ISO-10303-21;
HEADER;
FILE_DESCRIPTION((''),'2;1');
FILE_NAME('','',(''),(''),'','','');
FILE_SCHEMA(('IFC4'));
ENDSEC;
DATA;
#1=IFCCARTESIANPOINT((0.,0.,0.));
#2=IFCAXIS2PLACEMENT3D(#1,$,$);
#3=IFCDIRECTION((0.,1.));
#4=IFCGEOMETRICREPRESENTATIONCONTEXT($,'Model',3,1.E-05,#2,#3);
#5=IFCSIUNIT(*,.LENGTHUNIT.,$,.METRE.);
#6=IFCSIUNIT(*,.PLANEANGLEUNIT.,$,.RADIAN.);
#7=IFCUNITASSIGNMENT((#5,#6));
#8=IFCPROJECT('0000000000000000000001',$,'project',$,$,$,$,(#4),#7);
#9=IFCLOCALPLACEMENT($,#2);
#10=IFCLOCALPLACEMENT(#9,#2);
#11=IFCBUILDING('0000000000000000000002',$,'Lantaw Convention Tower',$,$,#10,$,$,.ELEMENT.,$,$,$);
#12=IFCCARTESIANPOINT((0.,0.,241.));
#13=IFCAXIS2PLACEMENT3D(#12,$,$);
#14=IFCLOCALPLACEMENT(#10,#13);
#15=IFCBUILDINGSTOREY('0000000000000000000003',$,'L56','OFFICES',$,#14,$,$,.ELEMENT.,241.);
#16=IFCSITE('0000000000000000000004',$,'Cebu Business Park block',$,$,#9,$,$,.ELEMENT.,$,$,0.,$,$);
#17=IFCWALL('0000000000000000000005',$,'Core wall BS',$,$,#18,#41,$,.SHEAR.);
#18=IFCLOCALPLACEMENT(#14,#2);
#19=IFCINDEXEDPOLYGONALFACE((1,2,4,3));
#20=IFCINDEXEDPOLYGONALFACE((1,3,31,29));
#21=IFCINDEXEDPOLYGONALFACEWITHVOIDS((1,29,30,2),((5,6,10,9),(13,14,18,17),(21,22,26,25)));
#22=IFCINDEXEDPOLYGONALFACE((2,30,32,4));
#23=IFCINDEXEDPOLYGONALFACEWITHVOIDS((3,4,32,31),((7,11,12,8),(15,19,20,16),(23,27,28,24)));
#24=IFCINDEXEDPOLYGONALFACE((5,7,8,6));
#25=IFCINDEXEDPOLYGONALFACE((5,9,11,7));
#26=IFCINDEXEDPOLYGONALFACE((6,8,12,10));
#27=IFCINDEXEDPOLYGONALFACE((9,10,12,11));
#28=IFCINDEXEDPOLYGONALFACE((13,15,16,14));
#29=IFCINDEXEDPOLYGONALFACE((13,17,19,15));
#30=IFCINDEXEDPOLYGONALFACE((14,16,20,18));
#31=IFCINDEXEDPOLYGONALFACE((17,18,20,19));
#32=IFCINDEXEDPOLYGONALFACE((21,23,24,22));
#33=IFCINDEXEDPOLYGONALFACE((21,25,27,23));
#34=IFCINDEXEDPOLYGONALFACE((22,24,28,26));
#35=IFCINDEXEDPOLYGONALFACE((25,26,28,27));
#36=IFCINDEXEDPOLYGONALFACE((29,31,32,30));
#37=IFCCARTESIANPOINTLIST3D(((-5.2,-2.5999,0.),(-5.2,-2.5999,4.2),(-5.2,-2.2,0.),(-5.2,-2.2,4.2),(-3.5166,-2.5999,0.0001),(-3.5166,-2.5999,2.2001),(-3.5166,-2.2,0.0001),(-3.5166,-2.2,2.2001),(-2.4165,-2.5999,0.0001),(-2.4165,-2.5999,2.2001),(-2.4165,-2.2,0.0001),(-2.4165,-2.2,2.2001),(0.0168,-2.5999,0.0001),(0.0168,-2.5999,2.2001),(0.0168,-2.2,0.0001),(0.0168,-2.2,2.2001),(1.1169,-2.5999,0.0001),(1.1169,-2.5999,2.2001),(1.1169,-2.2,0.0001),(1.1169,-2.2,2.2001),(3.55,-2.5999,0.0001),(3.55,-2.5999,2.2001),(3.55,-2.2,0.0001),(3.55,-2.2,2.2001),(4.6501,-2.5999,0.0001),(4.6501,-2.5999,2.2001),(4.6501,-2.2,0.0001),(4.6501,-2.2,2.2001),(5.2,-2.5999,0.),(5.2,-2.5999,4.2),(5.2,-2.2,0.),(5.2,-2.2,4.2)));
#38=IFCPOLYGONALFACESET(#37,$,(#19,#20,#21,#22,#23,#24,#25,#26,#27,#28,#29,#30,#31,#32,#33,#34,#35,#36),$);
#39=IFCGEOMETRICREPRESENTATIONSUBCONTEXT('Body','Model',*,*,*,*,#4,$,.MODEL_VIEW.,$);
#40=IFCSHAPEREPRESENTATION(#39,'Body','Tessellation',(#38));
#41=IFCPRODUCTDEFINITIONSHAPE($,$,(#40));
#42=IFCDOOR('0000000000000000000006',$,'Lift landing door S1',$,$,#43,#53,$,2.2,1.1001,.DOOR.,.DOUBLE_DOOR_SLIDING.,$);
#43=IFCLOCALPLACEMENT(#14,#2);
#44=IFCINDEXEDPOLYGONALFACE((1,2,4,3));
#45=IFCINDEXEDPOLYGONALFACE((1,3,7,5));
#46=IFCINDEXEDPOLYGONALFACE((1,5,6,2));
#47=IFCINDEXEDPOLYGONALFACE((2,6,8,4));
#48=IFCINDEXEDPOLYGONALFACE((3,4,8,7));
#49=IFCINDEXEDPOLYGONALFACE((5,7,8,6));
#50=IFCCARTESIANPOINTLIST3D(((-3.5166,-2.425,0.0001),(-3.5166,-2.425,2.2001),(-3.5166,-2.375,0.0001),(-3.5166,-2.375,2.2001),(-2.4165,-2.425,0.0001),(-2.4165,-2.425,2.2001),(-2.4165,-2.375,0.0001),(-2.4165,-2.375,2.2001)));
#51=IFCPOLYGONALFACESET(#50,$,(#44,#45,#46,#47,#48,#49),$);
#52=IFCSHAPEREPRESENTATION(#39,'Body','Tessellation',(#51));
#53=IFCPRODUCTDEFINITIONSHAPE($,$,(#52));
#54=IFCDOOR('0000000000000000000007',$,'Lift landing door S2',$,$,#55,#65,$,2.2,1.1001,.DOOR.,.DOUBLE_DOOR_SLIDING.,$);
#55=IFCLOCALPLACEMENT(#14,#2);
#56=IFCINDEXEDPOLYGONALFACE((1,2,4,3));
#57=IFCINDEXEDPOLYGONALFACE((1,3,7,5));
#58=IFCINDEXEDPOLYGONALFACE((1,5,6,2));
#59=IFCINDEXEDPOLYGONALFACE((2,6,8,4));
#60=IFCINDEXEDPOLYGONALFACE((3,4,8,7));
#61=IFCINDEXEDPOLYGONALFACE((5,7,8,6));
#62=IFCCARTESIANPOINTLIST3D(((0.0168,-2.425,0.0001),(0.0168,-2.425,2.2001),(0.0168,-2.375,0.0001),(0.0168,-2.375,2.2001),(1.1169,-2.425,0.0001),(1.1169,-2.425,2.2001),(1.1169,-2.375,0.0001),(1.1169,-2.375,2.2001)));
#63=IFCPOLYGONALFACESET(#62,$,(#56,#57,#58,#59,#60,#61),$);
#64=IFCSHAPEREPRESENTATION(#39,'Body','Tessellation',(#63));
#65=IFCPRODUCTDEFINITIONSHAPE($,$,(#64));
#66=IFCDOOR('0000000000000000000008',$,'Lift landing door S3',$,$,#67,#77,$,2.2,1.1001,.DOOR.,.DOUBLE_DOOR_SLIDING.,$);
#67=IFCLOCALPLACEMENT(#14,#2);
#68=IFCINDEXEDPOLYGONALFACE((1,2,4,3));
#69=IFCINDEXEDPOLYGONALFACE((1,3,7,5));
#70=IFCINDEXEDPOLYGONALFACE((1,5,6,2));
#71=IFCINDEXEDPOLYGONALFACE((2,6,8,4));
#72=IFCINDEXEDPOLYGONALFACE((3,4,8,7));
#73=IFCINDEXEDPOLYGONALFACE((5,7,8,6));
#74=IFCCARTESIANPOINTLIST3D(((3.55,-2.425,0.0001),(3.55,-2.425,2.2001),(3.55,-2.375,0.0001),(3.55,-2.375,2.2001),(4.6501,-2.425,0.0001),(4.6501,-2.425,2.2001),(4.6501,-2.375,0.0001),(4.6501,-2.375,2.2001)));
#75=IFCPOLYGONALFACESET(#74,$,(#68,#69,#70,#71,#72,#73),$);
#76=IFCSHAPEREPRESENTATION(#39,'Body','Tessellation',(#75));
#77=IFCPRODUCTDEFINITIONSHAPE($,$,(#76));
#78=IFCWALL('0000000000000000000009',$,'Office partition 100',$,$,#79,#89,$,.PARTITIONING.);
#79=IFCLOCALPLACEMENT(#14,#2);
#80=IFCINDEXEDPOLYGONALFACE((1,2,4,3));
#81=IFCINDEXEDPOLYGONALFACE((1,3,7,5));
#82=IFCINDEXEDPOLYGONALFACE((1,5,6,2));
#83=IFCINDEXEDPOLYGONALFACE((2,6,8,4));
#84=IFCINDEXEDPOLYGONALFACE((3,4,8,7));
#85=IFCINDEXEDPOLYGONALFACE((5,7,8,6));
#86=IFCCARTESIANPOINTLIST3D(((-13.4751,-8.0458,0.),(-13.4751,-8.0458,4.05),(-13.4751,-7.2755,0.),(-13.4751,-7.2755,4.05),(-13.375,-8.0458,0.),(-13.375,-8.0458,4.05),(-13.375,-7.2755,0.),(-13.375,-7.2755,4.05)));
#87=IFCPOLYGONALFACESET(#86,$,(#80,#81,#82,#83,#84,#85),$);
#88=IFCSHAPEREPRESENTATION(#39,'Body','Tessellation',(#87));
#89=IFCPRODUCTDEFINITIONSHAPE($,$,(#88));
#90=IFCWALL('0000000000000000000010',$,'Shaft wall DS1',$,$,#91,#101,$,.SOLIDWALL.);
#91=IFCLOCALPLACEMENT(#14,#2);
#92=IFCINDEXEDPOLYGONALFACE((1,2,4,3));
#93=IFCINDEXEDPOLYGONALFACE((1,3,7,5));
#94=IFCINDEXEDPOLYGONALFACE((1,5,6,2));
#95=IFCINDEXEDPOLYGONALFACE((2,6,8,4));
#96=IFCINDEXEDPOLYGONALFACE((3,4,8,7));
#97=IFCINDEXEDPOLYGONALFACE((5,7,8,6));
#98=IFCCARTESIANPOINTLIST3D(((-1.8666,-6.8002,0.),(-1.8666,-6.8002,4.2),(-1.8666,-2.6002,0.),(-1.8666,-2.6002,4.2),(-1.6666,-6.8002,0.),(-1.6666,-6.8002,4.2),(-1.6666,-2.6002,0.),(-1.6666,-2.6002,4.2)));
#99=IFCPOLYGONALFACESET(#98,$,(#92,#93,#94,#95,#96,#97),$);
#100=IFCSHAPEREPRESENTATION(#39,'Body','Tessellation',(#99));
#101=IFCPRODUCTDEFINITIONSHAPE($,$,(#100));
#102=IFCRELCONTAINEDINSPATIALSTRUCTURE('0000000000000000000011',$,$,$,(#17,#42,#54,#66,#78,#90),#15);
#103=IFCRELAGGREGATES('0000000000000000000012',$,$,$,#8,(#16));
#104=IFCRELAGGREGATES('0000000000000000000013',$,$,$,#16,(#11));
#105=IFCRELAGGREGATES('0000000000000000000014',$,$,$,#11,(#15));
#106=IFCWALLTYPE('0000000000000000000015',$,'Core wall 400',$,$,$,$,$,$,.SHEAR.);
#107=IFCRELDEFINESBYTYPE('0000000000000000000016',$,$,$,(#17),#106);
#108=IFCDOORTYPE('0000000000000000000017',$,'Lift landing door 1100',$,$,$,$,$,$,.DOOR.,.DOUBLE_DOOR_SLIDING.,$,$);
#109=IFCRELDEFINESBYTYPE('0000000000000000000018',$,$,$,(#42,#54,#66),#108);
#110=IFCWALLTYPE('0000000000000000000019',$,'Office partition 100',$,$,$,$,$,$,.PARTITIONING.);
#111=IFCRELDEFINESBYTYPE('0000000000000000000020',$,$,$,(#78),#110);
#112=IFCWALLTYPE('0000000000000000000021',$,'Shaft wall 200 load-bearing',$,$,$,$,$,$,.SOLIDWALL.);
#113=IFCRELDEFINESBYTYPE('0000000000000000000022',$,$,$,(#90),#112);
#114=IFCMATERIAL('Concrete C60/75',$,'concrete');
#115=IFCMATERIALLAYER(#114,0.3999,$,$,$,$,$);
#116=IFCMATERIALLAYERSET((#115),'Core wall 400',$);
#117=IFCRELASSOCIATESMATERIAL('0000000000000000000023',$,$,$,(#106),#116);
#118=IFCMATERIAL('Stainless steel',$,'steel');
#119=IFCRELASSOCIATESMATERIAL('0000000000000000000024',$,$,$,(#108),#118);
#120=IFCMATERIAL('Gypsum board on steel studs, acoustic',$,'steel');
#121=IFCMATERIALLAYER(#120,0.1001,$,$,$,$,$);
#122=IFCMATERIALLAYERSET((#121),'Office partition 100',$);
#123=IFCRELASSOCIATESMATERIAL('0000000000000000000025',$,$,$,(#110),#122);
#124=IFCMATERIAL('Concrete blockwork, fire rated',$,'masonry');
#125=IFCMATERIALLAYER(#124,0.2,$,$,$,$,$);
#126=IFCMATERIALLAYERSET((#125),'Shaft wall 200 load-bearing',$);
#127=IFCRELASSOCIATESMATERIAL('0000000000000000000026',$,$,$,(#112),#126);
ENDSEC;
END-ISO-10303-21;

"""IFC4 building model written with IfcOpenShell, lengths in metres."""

from ifc_helpers import new_model, si_unit, direction, frame, frame_2d, origin, place, context, subcontext, project, spatial, rectangle, extrude, material, layer, layer_set, type_object, element, fill, save


model = new_model("IFC4")

# Units and contexts
model_context = context("Model", 3, precision=1e-05, world=origin(), true_north=direction((0.0, 1.0)))
body_context = subcontext(model_context, "Body", "Model", "MODEL_VIEW")
ifc_project = project(units=[si_unit("LENGTHUNIT", "METRE"), si_unit("PLANEANGLEUNIT", "RADIAN")], contexts=[model_context])

# Site, building, storey
site_placement = place(None, origin())
site = spatial("IfcSite", under=ifc_project, at=site_placement, Name="Cebu Business Park block", CompositionType="ELEMENT", RefElevation=0.0)
building_placement = place(site_placement, origin())
building = spatial("IfcBuilding", under=site, at=building_placement, Name="Lantaw Convention Tower", CompositionType="ELEMENT")
storey_placement = place(building_placement, frame((0.0, 0.0, 241.0)))
storey = spatial("IfcBuildingStorey", under=building, at=storey_placement, Name="L56", Description="OFFICES", CompositionType="ELEMENT", Elevation=241.0)

# Shared definitions
ifc_material_1 = material(Name="Concrete C60/75", Category="concrete")

# Wall, openings, doors
ifc_layer_1 = layer(ifc_material_1, 0.3999)
ifc_layer_set_1 = layer_set([ifc_layer_1], Name="Core wall 400")
wall_type_1 = type_object("IfcWallType", Name="Core wall 400", PredefinedType="SHEAR", material=ifc_layer_set_1)
wall_1_placement = place(storey_placement, frame((-5.2, -2.3999, 0.0), z_axis=(0.0, 0.0, 1.0), x_axis=(1.0, 0.0, 0.0)))
wall_1 = element("IfcWall", 1, at=wall_1_placement, inside=storey, type_object=wall_type_1, Name="Core wall BS", PredefinedType="SHEAR", context=body_context, shape_type="SweptSolid", body=[
    extrude(rectangle(XDim=10.3999, YDim=0.3999, at=frame_2d((5.2, 0.0))), origin(), (0.0, 0.0, 1.0), 4.2),
])
opening_1_placement = place(wall_1_placement, frame((1.6833, 0.0, 0.0)))
opening_1 = element("IfcOpeningElement", 2, at=opening_1_placement, cuts=wall_1, PredefinedType="OPENING", context=body_context, shape_type="SweptSolid", body=[
    extrude(rectangle(XDim=1.1001, YDim=2.2, at=frame_2d((0.55, 1.1001))), frame((0.0, 0.21, 0.0), z_axis=(0.0, -1.0, 0.0), x_axis=(1.0, 0.0, 0.0)), (0.0, 0.0, 1.0), 0.4199),
])
opening_2_placement = place(wall_1_placement, frame((5.2168, 0.0, 0.0)))
opening_2 = element("IfcOpeningElement", 3, at=opening_2_placement, cuts=wall_1, PredefinedType="OPENING", context=body_context, shape_type="SweptSolid", body=[
    extrude(rectangle(XDim=1.1001, YDim=2.2, at=frame_2d((0.55, 1.1001))), frame((0.0, 0.21, 0.0), z_axis=(0.0, -1.0, 0.0), x_axis=(1.0, 0.0, 0.0)), (0.0, 0.0, 1.0), 0.4199),
])
opening_3_placement = place(wall_1_placement, frame((8.75, 0.0, 0.0)))
opening_3 = element("IfcOpeningElement", 4, at=opening_3_placement, cuts=wall_1, PredefinedType="OPENING", context=body_context, shape_type="SweptSolid", body=[
    extrude(rectangle(XDim=1.1001, YDim=2.2, at=frame_2d((0.55, 1.1001))), frame((0.0, 0.21, 0.0), z_axis=(0.0, -1.0, 0.0), x_axis=(1.0, 0.0, 0.0)), (0.0, 0.0, 1.0), 0.4199),
])
ifc_material_2 = material(Name="Stainless steel", Category="steel")
door_type_1 = type_object("IfcDoorType", Name="Lift landing door 1100", OperationType="DOUBLE_DOOR_SLIDING", PredefinedType="DOOR", material=ifc_material_2)
door_1_placement = place(opening_1_placement, origin())
door_1 = element("IfcDoor", 5, at=door_1_placement, inside=storey, type_object=door_type_1, Name="Lift landing door S1", OperationType="DOUBLE_DOOR_SLIDING", OverallHeight=2.2, OverallWidth=1.1001, PredefinedType="DOOR", context=body_context, shape_type="SweptSolid", body=[
    extrude(rectangle(XDim=1.1001, YDim=2.2, at=frame_2d((0.55, 1.1001))), frame((0.0, 0.0249, 0.0), z_axis=(0.0, -1.0, 0.0), x_axis=(1.0, 0.0, 0.0)), (0.0, 0.0, 1.0), 0.05),
])
fill(opening_1, door_1)
door_2_placement = place(opening_2_placement, origin())
door_2 = element("IfcDoor", 6, at=door_2_placement, inside=storey, type_object=door_type_1, Name="Lift landing door S2", OperationType="DOUBLE_DOOR_SLIDING", OverallHeight=2.2, OverallWidth=1.1001, PredefinedType="DOOR", context=body_context, shape_type="SweptSolid", body=[
    extrude(rectangle(XDim=1.1001, YDim=2.2, at=frame_2d((0.55, 1.1001))), frame((0.0, 0.0249, 0.0), z_axis=(0.0, -1.0, 0.0), x_axis=(1.0, 0.0, 0.0)), (0.0, 0.0, 1.0), 0.05),
])
fill(opening_2, door_2)
door_3_placement = place(opening_3_placement, origin())
door_3 = element("IfcDoor", 7, at=door_3_placement, inside=storey, type_object=door_type_1, Name="Lift landing door S3", OperationType="DOUBLE_DOOR_SLIDING", OverallHeight=2.2, OverallWidth=1.1001, PredefinedType="DOOR", context=body_context, shape_type="SweptSolid", body=[
    extrude(rectangle(XDim=1.1001, YDim=2.2, at=frame_2d((0.55, 1.1001))), frame((0.0, 0.0249, 0.0), z_axis=(0.0, -1.0, 0.0), x_axis=(1.0, 0.0, 0.0)), (0.0, 0.0, 1.0), 0.05),
])
fill(opening_3, door_3)

# Walls
ifc_material_3 = material(Name="Gypsum board on steel studs, acoustic", Category="steel")
ifc_layer_2 = layer(ifc_material_3, 0.1001)
ifc_layer_set_2 = layer_set([ifc_layer_2], Name="Office partition 100")
wall_type_2 = type_object("IfcWallType", Name="Office partition 100", PredefinedType="PARTITIONING", material=ifc_layer_set_2)
wall_2_placement = place(storey_placement, frame((-13.425, -7.2754, 0.0), z_axis=(0.0, 0.0, 1.0), x_axis=(0.0, -1.0, 0.0)))
element("IfcWall", 8, at=wall_2_placement, inside=storey, type_object=wall_type_2, Name="Office partition 100", PredefinedType="PARTITIONING", context=body_context, shape_type="SweptSolid", body=[
    extrude(rectangle(XDim=0.7703, YDim=0.1001, at=frame_2d((0.3853, 0.0))), origin(), (0.0, 0.0, 1.0), 4.05),
])
ifc_material_4 = material(Name="Concrete blockwork, fire rated", Category="masonry")
ifc_layer_3 = layer(ifc_material_4, 0.2)
ifc_layer_set_3 = layer_set([ifc_layer_3], Name="Shaft wall 200 load-bearing")
wall_type_3 = type_object("IfcWallType", Name="Shaft wall 200 load-bearing", PredefinedType="SOLIDWALL", material=ifc_layer_set_3)
wall_3_placement = place(storey_placement, frame((-1.7666, -2.6001, 0.0), z_axis=(0.0, 0.0, 1.0), x_axis=(0.0, -1.0, 0.0)))
element("IfcWall", 9, at=wall_3_placement, inside=storey, type_object=wall_type_3, Name="Shaft wall DS1", PredefinedType="SOLIDWALL", context=body_context, shape_type="SweptSolid", body=[
    extrude(rectangle(XDim=4.2, YDim=0.2, at=frame_2d((2.1001, 0.0))), origin(), (0.0, 0.0, 1.0), 4.2),
])

save(model, "model.ifc")
